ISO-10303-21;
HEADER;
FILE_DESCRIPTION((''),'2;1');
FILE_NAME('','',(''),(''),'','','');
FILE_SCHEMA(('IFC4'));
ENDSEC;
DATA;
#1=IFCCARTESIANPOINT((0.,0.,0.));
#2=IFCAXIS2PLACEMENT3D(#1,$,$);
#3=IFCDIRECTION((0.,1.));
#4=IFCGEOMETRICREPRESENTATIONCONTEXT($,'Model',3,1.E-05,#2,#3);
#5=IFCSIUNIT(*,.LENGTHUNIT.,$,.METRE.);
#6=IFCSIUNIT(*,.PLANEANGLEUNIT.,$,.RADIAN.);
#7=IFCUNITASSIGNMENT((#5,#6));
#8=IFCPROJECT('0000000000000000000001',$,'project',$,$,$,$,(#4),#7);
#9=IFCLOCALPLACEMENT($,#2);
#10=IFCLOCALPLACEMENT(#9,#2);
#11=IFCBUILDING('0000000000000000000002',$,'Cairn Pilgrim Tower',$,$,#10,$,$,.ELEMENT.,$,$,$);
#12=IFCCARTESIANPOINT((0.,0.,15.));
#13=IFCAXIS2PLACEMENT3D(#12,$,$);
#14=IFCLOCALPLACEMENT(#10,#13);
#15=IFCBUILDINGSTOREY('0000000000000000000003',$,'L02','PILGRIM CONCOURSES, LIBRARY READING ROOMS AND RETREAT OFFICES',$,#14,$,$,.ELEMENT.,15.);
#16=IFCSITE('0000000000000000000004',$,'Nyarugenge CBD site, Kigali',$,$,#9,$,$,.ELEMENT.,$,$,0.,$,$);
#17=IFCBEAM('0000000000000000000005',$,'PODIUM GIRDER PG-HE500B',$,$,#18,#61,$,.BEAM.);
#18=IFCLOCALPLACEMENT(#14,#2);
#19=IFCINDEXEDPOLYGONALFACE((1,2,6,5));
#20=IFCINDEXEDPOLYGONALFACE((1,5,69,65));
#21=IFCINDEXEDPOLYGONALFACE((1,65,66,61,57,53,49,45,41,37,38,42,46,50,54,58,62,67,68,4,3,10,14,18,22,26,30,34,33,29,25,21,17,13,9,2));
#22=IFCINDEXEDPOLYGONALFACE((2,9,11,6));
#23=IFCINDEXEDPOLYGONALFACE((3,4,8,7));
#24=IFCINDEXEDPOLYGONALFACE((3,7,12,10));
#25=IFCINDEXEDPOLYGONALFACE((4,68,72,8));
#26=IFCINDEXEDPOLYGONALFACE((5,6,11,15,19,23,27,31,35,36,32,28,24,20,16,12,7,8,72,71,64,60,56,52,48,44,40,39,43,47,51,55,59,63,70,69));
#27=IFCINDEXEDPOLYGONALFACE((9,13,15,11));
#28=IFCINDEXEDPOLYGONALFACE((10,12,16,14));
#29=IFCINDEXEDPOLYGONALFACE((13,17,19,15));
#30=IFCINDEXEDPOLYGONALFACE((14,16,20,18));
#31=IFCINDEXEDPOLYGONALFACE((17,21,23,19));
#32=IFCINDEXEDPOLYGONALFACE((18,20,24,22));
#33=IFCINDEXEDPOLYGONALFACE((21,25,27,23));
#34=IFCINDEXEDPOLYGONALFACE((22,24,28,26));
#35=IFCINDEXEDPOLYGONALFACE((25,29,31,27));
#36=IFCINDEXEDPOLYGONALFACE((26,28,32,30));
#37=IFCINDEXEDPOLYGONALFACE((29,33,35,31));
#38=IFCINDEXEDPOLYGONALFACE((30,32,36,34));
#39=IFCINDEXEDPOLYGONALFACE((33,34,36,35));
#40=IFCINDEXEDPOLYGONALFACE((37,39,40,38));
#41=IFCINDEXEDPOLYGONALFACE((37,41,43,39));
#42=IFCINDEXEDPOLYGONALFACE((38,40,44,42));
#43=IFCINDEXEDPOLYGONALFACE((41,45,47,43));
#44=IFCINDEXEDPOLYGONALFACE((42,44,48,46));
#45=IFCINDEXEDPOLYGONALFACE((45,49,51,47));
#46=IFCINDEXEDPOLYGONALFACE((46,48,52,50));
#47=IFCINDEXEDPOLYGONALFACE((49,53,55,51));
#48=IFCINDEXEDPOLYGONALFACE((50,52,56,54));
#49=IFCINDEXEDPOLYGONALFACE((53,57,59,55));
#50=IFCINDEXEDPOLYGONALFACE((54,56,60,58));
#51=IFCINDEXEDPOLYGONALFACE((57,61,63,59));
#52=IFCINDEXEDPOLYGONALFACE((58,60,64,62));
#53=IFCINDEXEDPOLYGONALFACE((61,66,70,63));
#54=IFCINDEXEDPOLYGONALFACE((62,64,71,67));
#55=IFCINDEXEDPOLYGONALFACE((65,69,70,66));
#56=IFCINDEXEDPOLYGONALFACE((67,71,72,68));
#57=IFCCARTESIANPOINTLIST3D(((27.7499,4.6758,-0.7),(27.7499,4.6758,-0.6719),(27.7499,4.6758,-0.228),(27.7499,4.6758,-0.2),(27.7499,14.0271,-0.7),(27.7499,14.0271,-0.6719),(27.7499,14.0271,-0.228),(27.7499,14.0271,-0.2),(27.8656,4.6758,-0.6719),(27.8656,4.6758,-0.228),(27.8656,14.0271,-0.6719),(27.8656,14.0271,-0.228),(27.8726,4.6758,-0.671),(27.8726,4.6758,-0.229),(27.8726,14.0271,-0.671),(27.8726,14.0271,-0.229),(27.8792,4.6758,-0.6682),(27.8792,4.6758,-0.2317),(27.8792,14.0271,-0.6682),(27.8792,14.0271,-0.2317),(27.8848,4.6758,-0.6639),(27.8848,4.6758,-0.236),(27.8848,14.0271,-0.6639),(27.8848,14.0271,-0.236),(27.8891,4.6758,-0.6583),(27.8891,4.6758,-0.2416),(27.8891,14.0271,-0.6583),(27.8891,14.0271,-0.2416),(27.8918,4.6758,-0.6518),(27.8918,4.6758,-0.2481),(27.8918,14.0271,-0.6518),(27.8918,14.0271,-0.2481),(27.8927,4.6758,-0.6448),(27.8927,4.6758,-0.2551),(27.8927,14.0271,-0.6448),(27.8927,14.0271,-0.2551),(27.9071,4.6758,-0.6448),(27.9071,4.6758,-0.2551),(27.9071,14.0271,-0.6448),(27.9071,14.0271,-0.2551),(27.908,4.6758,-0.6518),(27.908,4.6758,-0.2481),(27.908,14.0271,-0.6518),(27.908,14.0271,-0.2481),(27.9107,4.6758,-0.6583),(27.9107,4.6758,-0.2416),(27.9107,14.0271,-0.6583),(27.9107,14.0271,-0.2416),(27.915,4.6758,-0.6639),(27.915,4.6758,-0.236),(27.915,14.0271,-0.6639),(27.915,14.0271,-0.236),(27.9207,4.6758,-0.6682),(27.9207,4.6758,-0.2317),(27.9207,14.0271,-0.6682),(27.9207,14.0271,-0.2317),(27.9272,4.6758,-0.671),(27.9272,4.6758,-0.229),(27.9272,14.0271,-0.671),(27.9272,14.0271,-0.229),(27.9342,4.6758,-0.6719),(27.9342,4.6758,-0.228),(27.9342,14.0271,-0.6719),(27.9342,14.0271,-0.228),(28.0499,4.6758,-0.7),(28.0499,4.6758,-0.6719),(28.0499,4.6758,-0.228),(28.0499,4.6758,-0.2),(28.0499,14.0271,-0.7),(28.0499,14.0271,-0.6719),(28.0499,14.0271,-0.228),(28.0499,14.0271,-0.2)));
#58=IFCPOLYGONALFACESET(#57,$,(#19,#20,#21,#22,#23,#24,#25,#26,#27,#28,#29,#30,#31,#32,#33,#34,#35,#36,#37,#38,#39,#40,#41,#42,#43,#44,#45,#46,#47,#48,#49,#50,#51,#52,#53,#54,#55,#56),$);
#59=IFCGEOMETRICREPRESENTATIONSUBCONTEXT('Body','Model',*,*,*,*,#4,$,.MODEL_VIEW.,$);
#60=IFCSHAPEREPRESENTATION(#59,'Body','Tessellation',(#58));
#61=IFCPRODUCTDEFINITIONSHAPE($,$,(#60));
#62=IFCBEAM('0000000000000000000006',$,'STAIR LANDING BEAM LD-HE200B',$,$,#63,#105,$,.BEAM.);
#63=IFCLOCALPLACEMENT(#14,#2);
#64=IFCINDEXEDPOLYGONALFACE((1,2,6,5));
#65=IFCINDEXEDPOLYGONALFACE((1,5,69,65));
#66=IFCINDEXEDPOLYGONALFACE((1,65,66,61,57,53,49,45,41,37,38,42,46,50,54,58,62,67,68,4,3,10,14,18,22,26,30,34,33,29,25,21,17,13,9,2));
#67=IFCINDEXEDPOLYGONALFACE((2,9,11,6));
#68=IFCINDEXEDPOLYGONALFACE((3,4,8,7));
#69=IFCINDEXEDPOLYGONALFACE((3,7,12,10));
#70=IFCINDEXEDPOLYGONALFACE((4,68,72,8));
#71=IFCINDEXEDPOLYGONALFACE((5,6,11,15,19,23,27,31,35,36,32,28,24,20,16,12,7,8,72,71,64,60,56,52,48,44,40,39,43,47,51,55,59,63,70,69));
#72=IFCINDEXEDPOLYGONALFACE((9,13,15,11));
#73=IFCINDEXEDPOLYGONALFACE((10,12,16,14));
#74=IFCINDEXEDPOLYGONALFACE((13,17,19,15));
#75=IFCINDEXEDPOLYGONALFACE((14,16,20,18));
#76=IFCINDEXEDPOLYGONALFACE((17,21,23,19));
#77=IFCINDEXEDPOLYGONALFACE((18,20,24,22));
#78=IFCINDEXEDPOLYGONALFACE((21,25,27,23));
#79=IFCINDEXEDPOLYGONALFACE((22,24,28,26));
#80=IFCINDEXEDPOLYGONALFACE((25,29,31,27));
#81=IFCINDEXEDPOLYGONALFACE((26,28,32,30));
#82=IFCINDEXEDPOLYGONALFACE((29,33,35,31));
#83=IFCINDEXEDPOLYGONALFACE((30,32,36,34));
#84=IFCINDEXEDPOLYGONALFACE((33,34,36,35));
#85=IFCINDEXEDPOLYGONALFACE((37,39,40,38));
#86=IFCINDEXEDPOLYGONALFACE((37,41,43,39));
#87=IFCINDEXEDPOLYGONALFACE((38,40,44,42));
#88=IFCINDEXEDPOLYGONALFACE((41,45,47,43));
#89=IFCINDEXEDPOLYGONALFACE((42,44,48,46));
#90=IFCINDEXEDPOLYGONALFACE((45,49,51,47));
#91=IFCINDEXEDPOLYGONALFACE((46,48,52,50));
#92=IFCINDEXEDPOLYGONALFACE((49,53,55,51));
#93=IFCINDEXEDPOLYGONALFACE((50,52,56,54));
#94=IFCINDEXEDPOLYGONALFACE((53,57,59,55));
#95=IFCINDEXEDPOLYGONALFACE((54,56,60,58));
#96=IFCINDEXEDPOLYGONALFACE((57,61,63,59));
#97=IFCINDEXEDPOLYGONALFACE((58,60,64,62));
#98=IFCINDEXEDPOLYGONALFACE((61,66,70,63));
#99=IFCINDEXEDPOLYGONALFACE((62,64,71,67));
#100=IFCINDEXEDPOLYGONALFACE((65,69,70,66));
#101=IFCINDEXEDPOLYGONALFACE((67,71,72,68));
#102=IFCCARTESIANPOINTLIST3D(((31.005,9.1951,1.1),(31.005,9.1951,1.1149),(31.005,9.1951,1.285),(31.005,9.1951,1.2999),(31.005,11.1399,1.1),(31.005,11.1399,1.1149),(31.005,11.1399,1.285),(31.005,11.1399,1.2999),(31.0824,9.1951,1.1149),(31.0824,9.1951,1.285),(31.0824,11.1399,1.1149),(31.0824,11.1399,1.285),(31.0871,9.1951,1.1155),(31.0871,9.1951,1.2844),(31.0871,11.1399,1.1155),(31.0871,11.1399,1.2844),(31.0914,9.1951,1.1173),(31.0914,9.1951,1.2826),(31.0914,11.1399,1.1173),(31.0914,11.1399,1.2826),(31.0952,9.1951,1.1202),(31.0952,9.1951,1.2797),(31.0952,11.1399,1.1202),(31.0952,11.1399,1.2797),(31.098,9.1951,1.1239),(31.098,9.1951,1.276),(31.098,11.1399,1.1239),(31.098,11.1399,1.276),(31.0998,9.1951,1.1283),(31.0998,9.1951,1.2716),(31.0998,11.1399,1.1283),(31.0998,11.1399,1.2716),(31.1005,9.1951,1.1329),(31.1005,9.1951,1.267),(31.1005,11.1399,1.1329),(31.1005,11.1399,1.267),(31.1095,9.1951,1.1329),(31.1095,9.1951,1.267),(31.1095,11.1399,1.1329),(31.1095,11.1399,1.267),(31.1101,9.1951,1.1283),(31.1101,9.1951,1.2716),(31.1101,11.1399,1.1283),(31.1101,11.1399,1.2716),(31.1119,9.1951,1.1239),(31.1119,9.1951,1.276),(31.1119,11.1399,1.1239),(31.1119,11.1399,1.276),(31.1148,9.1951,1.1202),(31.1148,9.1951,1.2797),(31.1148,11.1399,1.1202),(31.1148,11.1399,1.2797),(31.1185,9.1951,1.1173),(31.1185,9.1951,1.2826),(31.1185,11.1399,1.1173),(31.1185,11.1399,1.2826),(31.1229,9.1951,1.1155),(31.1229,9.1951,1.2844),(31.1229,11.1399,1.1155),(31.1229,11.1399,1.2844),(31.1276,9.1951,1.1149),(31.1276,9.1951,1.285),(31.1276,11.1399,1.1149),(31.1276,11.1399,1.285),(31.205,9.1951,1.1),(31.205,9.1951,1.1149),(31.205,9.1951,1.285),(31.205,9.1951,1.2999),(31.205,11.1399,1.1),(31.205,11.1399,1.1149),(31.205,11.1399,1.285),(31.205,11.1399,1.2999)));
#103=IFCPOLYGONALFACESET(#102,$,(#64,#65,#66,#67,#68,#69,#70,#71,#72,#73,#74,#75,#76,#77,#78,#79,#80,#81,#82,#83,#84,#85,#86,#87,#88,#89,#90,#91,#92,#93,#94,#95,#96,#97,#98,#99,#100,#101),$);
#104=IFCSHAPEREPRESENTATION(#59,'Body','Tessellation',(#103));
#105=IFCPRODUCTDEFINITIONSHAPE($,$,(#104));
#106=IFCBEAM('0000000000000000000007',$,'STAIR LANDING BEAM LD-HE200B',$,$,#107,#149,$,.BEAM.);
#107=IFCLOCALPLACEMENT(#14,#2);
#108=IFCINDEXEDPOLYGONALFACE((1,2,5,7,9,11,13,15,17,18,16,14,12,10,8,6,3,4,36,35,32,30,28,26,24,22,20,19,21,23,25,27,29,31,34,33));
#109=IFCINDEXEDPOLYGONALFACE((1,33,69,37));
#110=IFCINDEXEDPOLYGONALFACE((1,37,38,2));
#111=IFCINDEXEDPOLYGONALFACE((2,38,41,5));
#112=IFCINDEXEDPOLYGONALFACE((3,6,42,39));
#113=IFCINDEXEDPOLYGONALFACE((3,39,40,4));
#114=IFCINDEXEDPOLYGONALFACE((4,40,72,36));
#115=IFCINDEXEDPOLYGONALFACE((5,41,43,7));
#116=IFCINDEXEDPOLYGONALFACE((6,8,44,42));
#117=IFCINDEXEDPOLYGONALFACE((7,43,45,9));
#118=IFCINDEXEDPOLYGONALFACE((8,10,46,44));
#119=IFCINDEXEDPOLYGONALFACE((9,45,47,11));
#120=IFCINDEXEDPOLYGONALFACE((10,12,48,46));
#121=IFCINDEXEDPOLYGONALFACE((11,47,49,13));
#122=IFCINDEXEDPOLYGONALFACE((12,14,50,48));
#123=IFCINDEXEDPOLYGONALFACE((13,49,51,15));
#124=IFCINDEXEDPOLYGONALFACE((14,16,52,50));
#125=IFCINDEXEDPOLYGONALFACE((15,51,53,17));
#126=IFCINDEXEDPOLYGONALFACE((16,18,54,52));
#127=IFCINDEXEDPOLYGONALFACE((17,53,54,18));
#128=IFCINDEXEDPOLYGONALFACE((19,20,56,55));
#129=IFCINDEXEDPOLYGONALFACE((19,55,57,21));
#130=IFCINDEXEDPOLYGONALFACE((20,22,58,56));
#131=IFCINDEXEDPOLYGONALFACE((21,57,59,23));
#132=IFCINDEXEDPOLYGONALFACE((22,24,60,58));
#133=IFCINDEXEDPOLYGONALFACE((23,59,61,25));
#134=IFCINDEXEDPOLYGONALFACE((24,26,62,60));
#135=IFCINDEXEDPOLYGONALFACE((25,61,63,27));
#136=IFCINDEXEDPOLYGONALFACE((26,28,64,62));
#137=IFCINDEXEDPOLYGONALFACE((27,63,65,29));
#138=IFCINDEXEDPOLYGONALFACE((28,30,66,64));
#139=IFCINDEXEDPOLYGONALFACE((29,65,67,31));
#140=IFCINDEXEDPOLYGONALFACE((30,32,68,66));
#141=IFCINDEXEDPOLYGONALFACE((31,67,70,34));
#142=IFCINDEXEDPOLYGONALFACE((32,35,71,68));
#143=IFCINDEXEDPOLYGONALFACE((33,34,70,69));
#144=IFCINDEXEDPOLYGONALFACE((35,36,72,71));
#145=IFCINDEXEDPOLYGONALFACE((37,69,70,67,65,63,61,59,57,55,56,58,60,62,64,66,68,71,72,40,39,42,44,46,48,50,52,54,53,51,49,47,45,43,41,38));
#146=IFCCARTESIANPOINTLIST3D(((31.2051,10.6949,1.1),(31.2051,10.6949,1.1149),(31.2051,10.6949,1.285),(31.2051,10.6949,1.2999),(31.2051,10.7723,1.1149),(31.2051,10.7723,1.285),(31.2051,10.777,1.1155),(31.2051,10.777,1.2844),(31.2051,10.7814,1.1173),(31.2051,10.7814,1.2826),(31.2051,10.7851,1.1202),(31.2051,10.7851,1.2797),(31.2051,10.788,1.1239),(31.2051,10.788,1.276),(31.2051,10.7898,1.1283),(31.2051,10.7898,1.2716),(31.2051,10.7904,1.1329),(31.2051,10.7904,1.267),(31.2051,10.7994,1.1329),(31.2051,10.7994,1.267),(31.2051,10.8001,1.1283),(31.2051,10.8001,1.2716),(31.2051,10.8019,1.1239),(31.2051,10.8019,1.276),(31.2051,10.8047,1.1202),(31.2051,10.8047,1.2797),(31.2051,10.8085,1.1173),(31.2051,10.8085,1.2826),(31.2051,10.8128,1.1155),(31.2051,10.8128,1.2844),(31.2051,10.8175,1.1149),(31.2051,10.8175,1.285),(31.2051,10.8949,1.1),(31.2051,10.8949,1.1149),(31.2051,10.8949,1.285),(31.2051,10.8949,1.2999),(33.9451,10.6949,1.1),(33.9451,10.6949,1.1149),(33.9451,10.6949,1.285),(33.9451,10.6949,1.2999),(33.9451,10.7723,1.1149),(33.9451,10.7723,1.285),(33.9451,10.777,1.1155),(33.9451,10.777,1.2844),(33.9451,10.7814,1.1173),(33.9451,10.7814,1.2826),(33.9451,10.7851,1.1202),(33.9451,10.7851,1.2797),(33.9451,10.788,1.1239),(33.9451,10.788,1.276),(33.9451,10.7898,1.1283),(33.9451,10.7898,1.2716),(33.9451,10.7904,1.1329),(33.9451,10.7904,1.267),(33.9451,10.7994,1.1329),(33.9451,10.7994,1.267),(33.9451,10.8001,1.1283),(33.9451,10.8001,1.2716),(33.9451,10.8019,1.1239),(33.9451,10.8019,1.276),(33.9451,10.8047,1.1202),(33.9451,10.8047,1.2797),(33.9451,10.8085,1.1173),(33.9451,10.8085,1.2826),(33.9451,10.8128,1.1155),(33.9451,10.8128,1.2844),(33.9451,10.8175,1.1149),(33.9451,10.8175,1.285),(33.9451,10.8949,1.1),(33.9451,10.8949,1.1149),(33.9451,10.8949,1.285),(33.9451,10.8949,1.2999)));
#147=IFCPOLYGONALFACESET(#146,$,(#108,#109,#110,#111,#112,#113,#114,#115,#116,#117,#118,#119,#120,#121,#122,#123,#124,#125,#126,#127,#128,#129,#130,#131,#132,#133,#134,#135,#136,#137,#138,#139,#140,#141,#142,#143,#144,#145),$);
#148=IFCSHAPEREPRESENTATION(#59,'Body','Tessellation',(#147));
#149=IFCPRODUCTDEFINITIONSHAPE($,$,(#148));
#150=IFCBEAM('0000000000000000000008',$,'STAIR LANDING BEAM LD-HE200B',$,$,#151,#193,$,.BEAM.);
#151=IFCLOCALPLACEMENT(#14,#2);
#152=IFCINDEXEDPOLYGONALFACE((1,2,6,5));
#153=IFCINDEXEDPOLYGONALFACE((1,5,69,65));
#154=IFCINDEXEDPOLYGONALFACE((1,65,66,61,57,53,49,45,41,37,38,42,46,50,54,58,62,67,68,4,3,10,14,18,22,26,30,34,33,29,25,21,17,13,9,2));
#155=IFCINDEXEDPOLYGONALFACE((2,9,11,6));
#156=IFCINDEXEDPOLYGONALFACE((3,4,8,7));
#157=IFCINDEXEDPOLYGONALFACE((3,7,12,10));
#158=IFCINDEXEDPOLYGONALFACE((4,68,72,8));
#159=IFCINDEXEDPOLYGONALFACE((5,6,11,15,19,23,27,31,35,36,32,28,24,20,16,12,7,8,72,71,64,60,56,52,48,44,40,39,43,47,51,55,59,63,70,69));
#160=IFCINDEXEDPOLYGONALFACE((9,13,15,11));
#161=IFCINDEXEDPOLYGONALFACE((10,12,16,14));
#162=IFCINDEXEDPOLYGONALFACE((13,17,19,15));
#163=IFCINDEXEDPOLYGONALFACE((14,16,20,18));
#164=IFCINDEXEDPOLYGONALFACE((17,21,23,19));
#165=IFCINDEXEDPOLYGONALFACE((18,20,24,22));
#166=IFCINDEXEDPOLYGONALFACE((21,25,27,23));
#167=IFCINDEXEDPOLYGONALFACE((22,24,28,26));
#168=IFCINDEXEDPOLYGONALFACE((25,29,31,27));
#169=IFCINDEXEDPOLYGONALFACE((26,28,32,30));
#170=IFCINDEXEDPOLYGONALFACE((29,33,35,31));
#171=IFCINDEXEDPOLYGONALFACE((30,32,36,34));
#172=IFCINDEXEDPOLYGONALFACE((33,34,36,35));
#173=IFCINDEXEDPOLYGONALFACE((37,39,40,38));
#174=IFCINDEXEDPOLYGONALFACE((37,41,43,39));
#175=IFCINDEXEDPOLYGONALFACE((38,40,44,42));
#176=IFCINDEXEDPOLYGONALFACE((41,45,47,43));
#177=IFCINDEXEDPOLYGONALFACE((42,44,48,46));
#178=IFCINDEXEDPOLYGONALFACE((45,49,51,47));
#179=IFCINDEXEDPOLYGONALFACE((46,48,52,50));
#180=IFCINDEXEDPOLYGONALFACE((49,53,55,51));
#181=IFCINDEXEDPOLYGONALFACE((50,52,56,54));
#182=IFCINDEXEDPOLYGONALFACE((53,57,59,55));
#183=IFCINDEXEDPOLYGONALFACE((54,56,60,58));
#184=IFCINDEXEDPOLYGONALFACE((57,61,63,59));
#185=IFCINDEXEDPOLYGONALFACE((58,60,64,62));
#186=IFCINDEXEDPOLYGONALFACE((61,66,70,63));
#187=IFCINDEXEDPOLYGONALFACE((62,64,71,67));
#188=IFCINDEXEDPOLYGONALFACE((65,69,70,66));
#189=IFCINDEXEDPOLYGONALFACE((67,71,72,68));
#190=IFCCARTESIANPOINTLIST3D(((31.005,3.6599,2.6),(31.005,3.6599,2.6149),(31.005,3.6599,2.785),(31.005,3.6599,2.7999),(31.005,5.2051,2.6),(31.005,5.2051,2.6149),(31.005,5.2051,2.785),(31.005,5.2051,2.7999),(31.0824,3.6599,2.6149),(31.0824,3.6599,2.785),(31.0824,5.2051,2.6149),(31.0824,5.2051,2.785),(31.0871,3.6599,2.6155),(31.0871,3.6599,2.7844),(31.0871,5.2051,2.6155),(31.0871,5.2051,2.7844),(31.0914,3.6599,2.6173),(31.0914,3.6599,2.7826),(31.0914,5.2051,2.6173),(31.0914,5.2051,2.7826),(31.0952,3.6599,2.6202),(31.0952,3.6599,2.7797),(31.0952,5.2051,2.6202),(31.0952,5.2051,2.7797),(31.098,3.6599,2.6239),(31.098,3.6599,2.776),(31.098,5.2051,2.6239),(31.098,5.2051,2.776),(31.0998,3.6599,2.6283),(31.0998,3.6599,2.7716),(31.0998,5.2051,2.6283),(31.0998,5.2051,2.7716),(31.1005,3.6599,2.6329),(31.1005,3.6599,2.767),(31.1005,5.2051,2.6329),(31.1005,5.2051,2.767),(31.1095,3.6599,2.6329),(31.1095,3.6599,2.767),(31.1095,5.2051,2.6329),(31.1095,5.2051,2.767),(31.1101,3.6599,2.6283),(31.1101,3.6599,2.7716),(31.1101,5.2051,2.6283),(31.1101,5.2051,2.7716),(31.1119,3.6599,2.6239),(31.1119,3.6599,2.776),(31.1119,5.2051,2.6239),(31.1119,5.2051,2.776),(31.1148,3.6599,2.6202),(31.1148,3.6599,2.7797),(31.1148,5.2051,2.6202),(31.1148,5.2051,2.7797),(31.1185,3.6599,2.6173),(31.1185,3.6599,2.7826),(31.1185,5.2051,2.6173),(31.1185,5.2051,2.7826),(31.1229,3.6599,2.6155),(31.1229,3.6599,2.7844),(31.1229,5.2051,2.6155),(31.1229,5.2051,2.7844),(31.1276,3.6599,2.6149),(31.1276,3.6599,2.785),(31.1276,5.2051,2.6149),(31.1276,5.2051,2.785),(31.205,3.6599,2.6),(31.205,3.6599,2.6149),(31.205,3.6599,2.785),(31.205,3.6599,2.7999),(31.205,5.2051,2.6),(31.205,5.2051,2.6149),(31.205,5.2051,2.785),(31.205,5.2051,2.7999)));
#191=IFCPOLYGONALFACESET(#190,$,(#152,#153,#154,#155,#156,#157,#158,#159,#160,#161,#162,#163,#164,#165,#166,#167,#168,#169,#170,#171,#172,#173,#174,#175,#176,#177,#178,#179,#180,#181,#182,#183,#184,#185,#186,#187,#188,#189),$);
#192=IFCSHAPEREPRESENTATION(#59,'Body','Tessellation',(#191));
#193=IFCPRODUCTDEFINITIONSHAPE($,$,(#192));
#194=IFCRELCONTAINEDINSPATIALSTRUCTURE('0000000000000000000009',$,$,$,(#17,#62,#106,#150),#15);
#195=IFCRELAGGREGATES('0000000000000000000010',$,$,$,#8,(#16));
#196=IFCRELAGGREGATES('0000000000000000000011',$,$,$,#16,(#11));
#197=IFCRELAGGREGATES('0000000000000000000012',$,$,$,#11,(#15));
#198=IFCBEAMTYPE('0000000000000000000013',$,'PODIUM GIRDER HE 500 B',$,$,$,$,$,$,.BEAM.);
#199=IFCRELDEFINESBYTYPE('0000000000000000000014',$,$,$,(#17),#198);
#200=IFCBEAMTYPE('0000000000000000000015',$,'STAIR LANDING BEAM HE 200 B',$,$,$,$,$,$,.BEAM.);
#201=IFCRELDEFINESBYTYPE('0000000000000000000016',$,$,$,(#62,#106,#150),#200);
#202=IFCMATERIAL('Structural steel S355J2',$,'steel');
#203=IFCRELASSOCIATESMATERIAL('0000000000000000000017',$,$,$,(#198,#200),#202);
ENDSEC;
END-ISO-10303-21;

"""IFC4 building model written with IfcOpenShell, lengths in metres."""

from ifc_helpers import new_model, si_unit, direction, frame, origin, origin_2d, place, context, subcontext, project, spatial, i_section, extrude, material, material_profile, profile_set, type_object, element, save


model = new_model("IFC4")

# Units and contexts
model_context = context("Model", 3, precision=1e-05, world=origin(), true_north=direction((0.0, 1.0)))
body_context = subcontext(model_context, "Body", "Model", "MODEL_VIEW")
ifc_project = project(units=[si_unit("LENGTHUNIT", "METRE"), si_unit("PLANEANGLEUNIT", "RADIAN")], contexts=[model_context])

# Site, building, storey
site_placement = place(None, origin())
site = spatial("IfcSite", under=ifc_project, at=site_placement, Name="Nyarugenge CBD site, Kigali", CompositionType="ELEMENT", RefElevation=0.0)
building_placement = place(site_placement, origin())
building = spatial("IfcBuilding", under=site, at=building_placement, Name="Cairn Pilgrim Tower", CompositionType="ELEMENT")
storey_placement = place(building_placement, frame((0.0, 0.0, 15.0)))
storey = spatial("IfcBuildingStorey", under=building, at=storey_placement, Name="L02", Description="PILGRIM CONCOURSES, LIBRARY READING ROOMS AND RETREAT OFFICES", CompositionType="ELEMENT", Elevation=15.0)

# Shared definitions
ifc_material_1 = material(Name="Structural steel S355J2", Category="steel")

# Beams
ifc_material_profile_1 = material_profile(ifc_material_1, i_section(OverallWidth=0.3, OverallDepth=0.5, WebThickness=0.0144, FlangeThickness=0.0281, FilletRadius=0.0271, at=origin_2d()), Name="HEB 500")
ifc_profile_set_1 = profile_set([ifc_material_profile_1], Name="Structural steel S355J2")
beam_type_1 = type_object("IfcBeamType", Name="PODIUM GIRDER HE 500 B", PredefinedType="BEAM", material=ifc_profile_set_1)
beam_1_placement = place(storey_placement, frame((27.8999, 4.6758, -0.45), z_axis=(0.0, 1.0, 0.0), x_axis=(-1.0, 0.0, 0.0)))
element("IfcBeam", 1, at=beam_1_placement, inside=storey, type_object=beam_type_1, Name="PODIUM GIRDER PG-HE500B", PredefinedType="BEAM", context=body_context, shape_type="SweptSolid", body=[
    extrude(i_section(OverallWidth=0.3, OverallDepth=0.5, WebThickness=0.0144, FlangeThickness=0.0281, FilletRadius=0.0271, at=origin_2d()), origin(), (0.0, 0.0, 1.0), 9.3513),
])
ifc_material_profile_2 = material_profile(ifc_material_1, i_section(OverallWidth=0.2, OverallDepth=0.2, WebThickness=0.009, FlangeThickness=0.0149, FilletRadius=0.0181, at=origin_2d()), Name="HE 200 B")
ifc_profile_set_2 = profile_set([ifc_material_profile_2], Name="Structural steel S355J2")
beam_type_2 = type_object("IfcBeamType", Name="STAIR LANDING BEAM HE 200 B", PredefinedType="BEAM", material=ifc_profile_set_2)
beam_2_placement = place(storey_placement, frame((31.105, 11.1399, 1.2), z_axis=(0.0, -1.0, 0.0), x_axis=(1.0, 0.0, 0.0)))
element("IfcBeam", 2, at=beam_2_placement, inside=storey, type_object=beam_type_2, Name="STAIR LANDING BEAM LD-HE200B", PredefinedType="BEAM", context=body_context, shape_type="SweptSolid", body=[
    extrude(i_section(OverallWidth=0.2, OverallDepth=0.2, WebThickness=0.009, FlangeThickness=0.0149, FilletRadius=0.0181, at=origin_2d()), origin(), (0.0, 0.0, 1.0), 1.9448),
])
beam_3_placement = place(storey_placement, frame((31.2051, 10.7949, 1.2), z_axis=(1.0, 0.0, 0.0), x_axis=(0.0, 1.0, 0.0)))
element("IfcBeam", 3, at=beam_3_placement, inside=storey, type_object=beam_type_2, Name="STAIR LANDING BEAM LD-HE200B", PredefinedType="BEAM", context=body_context, shape_type="SweptSolid", body=[
    extrude(i_section(OverallWidth=0.2, OverallDepth=0.2, WebThickness=0.009, FlangeThickness=0.0149, FilletRadius=0.0181, at=origin_2d()), origin(), (0.0, 0.0, 1.0), 2.74),
])
beam_4_placement = place(storey_placement, frame((31.105, 3.6599, 2.7), z_axis=(0.0, 1.0, 0.0), x_axis=(-1.0, 0.0, 0.0)))
element("IfcBeam", 4, at=beam_4_placement, inside=storey, type_object=beam_type_2, Name="STAIR LANDING BEAM LD-HE200B", PredefinedType="BEAM", context=body_context, shape_type="SweptSolid", body=[
    extrude(i_section(OverallWidth=0.2, OverallDepth=0.2, WebThickness=0.009, FlangeThickness=0.0149, FilletRadius=0.0181, at=origin_2d()), origin(), (0.0, 0.0, 1.0), 1.5452),
])

save(model, "model.ifc")
